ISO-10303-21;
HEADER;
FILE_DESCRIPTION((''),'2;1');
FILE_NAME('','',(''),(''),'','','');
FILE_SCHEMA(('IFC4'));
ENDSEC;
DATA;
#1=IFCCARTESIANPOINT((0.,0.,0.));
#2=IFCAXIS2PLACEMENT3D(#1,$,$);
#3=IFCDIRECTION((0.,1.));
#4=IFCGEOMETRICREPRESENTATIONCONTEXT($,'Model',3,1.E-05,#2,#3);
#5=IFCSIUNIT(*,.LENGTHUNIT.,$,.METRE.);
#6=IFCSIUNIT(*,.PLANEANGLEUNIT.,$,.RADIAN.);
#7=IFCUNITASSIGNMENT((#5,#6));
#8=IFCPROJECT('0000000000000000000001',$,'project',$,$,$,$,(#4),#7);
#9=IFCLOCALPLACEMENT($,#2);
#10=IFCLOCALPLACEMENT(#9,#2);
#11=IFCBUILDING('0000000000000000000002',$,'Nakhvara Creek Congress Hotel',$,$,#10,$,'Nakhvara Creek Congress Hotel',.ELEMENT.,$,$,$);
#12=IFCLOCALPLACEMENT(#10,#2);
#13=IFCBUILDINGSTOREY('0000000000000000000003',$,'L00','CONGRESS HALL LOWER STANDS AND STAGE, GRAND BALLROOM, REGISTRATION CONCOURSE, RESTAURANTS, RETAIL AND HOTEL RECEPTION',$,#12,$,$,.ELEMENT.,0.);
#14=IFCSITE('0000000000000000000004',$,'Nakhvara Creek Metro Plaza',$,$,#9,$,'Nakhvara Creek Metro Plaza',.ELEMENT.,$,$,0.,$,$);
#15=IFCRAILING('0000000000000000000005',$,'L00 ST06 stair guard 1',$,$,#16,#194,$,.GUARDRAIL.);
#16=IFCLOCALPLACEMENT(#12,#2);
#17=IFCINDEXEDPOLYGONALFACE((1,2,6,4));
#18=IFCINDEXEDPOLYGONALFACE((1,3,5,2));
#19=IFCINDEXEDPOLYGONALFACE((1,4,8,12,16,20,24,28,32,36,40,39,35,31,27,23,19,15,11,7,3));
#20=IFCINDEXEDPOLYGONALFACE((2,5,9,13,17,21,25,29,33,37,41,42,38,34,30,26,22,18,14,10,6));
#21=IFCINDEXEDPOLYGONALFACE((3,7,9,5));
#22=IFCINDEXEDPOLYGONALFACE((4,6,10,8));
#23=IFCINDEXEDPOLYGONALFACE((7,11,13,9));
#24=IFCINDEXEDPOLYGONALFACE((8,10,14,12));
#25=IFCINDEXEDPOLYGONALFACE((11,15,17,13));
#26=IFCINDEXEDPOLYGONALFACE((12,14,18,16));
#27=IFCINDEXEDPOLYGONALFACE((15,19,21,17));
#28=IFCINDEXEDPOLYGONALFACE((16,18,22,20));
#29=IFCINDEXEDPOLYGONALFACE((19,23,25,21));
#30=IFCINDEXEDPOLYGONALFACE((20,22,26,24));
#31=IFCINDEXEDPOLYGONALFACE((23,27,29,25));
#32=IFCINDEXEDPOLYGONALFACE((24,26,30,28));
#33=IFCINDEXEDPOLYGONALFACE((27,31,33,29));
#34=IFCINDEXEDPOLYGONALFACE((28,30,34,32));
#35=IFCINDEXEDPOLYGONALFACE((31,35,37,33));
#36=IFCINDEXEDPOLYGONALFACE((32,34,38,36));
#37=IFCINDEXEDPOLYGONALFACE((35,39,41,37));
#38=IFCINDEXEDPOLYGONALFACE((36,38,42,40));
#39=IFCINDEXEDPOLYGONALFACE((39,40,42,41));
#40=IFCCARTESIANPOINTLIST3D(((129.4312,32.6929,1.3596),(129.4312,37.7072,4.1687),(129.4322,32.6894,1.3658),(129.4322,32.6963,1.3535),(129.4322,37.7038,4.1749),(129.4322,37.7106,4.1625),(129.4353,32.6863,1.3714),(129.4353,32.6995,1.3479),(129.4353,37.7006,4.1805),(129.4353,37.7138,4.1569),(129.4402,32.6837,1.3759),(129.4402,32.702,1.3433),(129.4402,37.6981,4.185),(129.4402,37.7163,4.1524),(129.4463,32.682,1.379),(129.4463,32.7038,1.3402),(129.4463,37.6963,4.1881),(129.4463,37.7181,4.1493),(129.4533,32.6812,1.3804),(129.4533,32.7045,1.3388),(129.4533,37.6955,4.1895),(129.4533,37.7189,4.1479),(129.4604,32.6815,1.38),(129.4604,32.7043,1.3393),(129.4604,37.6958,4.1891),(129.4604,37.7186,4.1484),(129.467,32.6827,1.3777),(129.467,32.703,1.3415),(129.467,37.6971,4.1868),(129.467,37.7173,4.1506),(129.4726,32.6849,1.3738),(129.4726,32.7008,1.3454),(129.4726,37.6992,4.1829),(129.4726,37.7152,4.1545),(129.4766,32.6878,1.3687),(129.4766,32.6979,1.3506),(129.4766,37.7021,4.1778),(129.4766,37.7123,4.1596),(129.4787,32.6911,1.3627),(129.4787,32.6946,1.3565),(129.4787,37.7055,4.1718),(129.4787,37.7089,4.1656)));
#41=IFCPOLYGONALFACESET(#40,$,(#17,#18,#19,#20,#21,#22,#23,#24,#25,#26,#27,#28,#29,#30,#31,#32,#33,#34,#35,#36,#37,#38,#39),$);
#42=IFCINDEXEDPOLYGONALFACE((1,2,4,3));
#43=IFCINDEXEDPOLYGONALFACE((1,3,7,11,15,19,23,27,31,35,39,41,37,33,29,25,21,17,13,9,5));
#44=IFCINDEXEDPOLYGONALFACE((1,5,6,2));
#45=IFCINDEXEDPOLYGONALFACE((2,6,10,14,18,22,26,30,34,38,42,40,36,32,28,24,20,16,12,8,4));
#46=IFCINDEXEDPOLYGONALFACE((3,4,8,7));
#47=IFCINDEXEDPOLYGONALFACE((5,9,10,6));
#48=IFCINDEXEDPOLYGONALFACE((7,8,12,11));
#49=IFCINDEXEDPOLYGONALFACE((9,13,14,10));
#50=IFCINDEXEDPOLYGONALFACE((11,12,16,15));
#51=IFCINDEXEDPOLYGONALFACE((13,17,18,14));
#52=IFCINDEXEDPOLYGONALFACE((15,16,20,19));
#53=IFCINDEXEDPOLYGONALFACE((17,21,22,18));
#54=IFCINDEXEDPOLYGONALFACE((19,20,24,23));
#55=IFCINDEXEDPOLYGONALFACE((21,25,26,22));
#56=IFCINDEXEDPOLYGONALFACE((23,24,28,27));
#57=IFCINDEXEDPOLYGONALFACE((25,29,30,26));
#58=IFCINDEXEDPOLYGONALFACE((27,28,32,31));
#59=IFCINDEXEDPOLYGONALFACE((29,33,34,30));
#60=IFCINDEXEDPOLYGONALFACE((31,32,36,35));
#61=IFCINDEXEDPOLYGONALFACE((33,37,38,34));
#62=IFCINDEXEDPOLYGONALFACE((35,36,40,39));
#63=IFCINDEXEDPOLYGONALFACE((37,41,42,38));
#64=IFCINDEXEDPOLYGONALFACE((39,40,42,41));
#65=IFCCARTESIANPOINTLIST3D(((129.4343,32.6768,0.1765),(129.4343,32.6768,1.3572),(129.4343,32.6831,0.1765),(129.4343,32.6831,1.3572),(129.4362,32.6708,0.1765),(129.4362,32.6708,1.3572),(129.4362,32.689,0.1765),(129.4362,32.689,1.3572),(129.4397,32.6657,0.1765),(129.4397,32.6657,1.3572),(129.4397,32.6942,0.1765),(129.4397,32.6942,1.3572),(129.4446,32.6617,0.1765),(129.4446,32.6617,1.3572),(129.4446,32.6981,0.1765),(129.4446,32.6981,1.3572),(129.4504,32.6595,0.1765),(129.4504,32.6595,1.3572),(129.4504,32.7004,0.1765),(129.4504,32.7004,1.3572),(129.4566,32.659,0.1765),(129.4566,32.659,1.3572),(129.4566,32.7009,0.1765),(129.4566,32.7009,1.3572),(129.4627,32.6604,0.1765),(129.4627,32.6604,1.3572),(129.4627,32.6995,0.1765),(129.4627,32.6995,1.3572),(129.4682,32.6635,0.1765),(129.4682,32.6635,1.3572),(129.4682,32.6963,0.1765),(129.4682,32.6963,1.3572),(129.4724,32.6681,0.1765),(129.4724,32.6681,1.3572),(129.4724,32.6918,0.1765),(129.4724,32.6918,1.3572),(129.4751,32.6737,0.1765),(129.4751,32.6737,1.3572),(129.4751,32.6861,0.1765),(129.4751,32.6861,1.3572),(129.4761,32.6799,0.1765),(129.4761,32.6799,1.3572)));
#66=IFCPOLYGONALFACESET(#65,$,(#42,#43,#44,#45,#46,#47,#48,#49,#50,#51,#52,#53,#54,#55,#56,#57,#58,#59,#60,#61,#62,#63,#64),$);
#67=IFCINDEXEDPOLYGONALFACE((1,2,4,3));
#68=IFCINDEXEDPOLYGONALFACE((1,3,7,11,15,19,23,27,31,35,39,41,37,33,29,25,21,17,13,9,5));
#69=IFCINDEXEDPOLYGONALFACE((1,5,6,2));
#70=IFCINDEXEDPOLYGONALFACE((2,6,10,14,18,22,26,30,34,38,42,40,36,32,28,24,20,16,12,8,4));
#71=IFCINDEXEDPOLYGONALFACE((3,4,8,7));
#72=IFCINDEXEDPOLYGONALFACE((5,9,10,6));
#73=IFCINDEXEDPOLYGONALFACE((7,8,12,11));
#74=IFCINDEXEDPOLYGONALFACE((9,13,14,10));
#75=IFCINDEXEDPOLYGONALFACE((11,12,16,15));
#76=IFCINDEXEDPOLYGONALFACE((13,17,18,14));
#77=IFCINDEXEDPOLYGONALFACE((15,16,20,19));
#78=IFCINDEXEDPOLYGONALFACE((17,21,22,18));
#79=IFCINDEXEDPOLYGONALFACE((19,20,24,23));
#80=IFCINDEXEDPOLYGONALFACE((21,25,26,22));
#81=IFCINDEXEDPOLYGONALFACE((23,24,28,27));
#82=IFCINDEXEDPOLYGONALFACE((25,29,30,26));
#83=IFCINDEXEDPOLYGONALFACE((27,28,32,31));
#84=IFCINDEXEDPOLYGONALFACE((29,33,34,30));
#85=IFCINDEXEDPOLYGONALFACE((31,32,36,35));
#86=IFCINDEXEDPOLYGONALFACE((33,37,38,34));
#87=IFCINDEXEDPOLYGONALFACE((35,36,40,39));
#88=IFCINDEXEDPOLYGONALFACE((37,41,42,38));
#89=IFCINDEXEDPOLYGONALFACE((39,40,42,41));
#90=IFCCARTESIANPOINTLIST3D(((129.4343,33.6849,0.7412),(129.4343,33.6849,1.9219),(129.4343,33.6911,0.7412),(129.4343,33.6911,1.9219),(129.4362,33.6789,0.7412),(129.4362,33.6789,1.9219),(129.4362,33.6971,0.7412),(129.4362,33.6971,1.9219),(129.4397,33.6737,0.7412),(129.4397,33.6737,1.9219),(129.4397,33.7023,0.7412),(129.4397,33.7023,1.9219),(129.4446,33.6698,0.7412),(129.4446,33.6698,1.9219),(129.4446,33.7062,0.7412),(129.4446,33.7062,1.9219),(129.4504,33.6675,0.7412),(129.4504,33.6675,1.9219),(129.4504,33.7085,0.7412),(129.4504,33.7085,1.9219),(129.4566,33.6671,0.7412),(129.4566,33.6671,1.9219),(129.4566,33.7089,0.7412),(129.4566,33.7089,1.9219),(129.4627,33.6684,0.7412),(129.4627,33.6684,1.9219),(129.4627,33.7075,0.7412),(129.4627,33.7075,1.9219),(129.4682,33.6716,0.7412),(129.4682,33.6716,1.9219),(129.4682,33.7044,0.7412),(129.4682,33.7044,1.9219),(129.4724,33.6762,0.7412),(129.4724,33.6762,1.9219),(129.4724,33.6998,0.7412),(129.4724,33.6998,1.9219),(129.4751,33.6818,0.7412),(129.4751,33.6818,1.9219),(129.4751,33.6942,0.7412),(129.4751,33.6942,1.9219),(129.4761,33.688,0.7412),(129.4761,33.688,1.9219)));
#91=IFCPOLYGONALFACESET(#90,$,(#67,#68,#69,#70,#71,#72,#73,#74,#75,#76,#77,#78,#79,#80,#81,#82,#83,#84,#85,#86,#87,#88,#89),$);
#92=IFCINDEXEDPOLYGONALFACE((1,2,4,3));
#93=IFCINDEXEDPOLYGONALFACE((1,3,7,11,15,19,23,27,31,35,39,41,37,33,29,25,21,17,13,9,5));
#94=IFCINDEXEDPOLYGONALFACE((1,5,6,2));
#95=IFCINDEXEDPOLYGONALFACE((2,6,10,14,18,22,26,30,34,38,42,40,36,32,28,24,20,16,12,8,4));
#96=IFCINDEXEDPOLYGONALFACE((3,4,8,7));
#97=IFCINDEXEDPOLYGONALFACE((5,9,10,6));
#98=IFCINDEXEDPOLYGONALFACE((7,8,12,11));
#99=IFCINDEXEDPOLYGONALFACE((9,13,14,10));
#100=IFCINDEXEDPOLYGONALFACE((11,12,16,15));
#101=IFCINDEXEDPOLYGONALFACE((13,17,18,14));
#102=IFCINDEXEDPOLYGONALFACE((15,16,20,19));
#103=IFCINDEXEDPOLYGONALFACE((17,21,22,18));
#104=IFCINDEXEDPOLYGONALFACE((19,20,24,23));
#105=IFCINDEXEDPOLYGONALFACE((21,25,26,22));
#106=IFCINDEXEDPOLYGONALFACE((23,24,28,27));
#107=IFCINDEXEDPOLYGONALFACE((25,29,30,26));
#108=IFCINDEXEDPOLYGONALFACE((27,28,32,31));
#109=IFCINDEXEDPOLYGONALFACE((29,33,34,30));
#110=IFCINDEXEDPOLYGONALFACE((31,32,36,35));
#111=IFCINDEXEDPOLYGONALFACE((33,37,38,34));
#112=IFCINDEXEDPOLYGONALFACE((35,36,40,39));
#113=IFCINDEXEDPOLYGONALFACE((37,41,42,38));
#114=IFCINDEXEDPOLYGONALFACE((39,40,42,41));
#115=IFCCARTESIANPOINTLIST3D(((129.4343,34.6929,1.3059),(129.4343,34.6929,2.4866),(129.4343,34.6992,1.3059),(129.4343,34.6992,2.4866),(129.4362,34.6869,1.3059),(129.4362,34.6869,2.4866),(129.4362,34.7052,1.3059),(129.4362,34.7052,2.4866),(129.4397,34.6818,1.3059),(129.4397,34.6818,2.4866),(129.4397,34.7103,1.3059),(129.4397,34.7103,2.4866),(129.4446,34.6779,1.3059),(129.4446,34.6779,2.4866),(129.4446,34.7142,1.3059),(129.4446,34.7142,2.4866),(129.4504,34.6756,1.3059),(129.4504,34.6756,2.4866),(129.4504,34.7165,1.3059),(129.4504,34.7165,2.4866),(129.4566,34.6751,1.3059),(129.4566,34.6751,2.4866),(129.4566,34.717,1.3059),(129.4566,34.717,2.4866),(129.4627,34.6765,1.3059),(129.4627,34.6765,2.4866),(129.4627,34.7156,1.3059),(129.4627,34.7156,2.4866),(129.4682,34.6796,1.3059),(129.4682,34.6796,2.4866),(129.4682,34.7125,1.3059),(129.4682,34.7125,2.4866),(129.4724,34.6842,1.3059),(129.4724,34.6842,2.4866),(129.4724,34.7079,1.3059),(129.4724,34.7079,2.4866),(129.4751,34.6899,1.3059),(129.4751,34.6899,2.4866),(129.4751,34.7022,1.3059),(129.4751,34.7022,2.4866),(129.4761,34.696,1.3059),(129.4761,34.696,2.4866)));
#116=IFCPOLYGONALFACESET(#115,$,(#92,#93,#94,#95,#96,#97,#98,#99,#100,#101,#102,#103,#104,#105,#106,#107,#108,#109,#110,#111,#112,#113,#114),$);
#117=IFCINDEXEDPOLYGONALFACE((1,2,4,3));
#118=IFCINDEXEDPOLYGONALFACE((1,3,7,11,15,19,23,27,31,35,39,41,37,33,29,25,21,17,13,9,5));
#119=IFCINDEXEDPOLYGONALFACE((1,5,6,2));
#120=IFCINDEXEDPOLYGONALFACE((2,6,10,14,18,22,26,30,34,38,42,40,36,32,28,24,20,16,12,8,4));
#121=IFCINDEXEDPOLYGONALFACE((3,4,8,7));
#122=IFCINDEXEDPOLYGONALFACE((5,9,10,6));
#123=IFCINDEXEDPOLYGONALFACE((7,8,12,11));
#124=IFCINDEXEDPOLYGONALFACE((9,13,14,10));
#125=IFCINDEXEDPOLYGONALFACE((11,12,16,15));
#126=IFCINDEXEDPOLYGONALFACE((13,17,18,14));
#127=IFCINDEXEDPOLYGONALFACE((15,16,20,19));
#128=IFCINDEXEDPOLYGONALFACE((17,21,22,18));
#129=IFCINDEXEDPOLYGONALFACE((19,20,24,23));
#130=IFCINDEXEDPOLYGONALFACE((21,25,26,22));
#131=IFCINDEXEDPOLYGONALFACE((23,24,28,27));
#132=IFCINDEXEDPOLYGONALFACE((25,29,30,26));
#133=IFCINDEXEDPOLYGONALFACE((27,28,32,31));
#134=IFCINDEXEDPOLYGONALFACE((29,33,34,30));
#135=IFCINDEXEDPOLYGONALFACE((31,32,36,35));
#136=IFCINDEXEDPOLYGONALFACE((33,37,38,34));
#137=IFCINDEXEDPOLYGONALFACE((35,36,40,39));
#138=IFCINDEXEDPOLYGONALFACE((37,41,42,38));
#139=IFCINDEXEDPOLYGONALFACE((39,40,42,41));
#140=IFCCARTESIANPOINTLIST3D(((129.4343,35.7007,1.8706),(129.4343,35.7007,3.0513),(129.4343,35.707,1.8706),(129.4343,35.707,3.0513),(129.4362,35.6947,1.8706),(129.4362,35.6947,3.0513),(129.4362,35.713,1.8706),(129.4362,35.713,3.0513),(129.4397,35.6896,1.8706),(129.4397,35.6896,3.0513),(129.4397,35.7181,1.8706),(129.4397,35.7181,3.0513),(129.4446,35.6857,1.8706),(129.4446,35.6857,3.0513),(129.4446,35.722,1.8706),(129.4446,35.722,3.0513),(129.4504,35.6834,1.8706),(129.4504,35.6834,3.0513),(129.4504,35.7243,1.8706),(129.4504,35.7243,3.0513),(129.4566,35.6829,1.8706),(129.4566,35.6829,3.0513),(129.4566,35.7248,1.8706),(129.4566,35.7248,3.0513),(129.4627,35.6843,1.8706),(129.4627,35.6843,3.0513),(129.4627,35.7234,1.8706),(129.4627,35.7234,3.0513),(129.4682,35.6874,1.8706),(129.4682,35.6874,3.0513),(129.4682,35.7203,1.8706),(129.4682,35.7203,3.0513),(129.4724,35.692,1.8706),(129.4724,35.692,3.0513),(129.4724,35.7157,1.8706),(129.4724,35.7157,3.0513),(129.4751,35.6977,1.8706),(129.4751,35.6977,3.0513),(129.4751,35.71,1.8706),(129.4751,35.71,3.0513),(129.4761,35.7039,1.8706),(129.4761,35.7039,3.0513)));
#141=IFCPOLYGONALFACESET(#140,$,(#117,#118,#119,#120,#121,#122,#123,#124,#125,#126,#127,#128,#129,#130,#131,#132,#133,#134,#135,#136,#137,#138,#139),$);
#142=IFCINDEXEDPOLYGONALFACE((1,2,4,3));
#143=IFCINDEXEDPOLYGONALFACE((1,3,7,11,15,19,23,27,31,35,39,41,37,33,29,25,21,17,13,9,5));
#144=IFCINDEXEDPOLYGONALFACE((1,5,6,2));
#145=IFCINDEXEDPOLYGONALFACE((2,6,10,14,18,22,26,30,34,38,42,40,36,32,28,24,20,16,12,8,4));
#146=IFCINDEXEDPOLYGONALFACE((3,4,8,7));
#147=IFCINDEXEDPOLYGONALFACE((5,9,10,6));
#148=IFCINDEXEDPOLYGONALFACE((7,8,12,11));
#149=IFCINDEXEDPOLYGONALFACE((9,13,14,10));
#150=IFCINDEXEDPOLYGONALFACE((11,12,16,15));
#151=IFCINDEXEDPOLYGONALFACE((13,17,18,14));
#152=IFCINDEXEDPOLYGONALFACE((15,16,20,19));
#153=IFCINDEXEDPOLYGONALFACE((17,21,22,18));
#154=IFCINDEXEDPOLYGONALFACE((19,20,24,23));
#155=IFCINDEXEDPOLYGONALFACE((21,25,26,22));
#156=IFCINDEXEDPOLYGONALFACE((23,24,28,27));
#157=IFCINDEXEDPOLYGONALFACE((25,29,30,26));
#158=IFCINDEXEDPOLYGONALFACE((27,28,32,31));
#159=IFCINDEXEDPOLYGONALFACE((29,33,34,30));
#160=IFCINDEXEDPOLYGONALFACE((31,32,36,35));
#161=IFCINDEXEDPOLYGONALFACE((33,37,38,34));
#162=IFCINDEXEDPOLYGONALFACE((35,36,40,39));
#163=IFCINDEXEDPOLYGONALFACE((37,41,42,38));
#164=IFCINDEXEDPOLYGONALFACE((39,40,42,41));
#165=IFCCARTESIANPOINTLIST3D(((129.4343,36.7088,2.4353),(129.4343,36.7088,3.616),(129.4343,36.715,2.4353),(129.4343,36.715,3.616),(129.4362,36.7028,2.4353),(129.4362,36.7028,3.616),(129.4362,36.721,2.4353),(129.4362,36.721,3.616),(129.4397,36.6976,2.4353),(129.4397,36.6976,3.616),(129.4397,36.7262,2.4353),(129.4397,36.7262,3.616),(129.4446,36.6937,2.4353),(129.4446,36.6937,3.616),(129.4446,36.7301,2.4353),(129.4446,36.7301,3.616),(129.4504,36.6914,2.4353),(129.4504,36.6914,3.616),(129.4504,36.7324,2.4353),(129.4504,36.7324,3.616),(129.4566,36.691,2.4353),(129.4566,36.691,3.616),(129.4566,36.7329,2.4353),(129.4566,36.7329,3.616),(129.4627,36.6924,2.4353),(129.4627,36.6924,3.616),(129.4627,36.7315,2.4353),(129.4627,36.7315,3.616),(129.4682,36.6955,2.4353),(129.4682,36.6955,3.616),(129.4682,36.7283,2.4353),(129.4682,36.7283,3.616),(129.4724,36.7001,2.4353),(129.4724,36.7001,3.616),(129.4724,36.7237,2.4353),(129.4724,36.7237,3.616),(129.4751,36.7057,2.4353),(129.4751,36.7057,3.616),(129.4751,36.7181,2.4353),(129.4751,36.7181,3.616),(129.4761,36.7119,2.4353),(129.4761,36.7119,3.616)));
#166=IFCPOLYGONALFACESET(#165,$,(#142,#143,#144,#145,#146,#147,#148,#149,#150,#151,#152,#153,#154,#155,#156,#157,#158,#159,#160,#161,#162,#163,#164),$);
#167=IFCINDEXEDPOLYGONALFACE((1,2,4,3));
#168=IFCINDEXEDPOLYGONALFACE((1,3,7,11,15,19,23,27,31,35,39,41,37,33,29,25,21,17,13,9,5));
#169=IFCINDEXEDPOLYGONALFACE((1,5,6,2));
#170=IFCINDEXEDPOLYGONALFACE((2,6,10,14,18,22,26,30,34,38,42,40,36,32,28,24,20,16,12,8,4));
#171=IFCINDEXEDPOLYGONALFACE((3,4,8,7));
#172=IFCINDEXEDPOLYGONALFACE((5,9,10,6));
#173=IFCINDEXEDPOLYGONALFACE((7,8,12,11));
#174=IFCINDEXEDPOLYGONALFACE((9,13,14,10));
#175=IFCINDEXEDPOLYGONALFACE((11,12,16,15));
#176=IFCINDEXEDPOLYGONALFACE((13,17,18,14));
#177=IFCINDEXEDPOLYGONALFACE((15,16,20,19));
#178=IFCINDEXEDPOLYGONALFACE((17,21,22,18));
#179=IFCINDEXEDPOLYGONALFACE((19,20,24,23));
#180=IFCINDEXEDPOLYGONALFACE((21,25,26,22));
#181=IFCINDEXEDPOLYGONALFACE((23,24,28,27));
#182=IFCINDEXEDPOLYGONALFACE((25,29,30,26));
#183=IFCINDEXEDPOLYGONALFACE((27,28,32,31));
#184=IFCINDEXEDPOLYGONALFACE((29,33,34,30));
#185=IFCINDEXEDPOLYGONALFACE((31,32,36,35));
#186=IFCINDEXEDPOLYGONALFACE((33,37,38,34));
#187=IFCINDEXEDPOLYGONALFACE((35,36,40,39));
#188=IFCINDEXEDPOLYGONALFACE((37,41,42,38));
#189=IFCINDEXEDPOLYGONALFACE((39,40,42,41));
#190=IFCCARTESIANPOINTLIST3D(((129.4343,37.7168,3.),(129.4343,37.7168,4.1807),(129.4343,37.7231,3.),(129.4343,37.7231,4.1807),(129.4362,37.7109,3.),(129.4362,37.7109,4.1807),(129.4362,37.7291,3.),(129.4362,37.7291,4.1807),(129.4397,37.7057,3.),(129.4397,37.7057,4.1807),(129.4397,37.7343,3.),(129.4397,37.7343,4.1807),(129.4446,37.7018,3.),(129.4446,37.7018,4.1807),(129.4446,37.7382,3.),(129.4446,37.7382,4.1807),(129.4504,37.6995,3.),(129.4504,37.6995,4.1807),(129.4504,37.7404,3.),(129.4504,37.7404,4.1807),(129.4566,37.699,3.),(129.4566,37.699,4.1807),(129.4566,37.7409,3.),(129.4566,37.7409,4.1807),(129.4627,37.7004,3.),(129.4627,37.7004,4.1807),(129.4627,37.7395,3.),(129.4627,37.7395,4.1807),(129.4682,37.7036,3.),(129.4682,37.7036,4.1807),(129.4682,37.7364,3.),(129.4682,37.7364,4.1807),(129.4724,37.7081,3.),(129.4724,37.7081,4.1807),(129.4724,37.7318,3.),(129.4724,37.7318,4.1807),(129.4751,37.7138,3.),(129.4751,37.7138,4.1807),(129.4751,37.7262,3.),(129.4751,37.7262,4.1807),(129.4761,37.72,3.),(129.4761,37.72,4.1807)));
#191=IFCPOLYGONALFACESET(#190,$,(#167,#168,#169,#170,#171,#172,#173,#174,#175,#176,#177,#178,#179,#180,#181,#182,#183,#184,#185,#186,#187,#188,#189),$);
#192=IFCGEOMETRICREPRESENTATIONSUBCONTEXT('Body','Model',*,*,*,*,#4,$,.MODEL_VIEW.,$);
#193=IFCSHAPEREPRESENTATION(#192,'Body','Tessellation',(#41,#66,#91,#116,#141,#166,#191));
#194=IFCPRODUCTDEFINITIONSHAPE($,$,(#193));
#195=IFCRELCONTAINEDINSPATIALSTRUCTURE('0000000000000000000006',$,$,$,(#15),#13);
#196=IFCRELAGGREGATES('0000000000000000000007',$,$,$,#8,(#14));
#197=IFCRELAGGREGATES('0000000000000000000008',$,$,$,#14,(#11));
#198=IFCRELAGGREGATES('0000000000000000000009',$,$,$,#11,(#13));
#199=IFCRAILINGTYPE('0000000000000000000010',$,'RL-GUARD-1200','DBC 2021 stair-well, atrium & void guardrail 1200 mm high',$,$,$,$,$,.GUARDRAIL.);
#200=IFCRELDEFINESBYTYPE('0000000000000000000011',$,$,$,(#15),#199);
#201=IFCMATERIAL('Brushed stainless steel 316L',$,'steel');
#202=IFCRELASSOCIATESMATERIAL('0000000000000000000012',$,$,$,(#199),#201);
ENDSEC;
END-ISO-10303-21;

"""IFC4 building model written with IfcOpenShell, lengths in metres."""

from ifc_helpers import new_model, si_unit, direction, frame, origin, origin_2d, place, context, subcontext, project, spatial, circle, extrude, material, type_object, element, save


model = new_model("IFC4")

# Units and contexts
model_context = context("Model", 3, precision=1e-05, world=origin(), true_north=direction((0.0, 1.0)))
body_context = subcontext(model_context, "Body", "Model", "MODEL_VIEW")
ifc_project = project(units=[si_unit("LENGTHUNIT", "METRE"), si_unit("PLANEANGLEUNIT", "RADIAN")], contexts=[model_context])

# Site, building, storey
site_placement = place(None, origin())
site = spatial("IfcSite", under=ifc_project, at=site_placement, Name="Nakhvara Creek Metro Plaza", LongName="Nakhvara Creek Metro Plaza", CompositionType="ELEMENT", RefElevation=0.0)
building_placement = place(site_placement, origin())
building = spatial("IfcBuilding", under=site, at=building_placement, Name="Nakhvara Creek Congress Hotel", LongName="Nakhvara Creek Congress Hotel", CompositionType="ELEMENT")
storey_placement = place(building_placement, origin())
storey = spatial("IfcBuildingStorey", under=building, at=storey_placement, Name="L00", Description="CONGRESS HALL LOWER STANDS AND STAGE, GRAND BALLROOM, REGISTRATION CONCOURSE, RESTAURANTS, RETAIL AND HOTEL RECEPTION", CompositionType="ELEMENT", Elevation=0.0)

# Railing
ifc_material_1 = material(Name="Brushed stainless steel 316L", Category="steel")
railing_type_1 = type_object("IfcRailingType", Name="RL-GUARD-1200", Description="DBC 2021 stair-well, atrium & void guardrail 1200 mm high", PredefinedType="GUARDRAIL", material=ifc_material_1)
railing_1_placement = place(storey_placement, frame((129.4551, 32.6799, 0.1765)))
element("IfcRailing", 1, at=railing_1_placement, inside=storey, type_object=railing_type_1, Name="L00 ST06 stair guard 1", PredefinedType="GUARDRAIL", context=body_context, shape_type="SweptSolid", body=[
    extrude(circle(Radius=0.0239, at=origin_2d()), frame((0.0, 0.0129, 1.1831), z_axis=(0.0, 0.872427, 0.488744), x_axis=(-1.0, 0.0, 0.0)), (0.0, 0.0, 1.0), 5.7476),
    extrude(circle(Radius=0.021, at=origin_2d()), origin(), (0.0, 0.0, 1.0), 1.1807),
    extrude(circle(Radius=0.021, at=origin_2d()), frame((0.0, 1.0081, 0.5647)), (0.0, 0.0, 1.0), 1.1807),
    extrude(circle(Radius=0.021, at=origin_2d()), frame((0.0, 2.0161, 1.1294)), (0.0, 0.0, 1.0), 1.1807),
    extrude(circle(Radius=0.021, at=origin_2d()), frame((0.0, 3.0239, 1.6941)), (0.0, 0.0, 1.0), 1.1807),
    extrude(circle(Radius=0.021, at=origin_2d()), frame((0.0, 4.032, 2.2588)), (0.0, 0.0, 1.0), 1.1807),
    extrude(circle(Radius=0.021, at=origin_2d()), frame((0.0, 5.04, 2.8235)), (0.0, 0.0, 1.0), 1.1807),
])

save(model, "model.ifc")
